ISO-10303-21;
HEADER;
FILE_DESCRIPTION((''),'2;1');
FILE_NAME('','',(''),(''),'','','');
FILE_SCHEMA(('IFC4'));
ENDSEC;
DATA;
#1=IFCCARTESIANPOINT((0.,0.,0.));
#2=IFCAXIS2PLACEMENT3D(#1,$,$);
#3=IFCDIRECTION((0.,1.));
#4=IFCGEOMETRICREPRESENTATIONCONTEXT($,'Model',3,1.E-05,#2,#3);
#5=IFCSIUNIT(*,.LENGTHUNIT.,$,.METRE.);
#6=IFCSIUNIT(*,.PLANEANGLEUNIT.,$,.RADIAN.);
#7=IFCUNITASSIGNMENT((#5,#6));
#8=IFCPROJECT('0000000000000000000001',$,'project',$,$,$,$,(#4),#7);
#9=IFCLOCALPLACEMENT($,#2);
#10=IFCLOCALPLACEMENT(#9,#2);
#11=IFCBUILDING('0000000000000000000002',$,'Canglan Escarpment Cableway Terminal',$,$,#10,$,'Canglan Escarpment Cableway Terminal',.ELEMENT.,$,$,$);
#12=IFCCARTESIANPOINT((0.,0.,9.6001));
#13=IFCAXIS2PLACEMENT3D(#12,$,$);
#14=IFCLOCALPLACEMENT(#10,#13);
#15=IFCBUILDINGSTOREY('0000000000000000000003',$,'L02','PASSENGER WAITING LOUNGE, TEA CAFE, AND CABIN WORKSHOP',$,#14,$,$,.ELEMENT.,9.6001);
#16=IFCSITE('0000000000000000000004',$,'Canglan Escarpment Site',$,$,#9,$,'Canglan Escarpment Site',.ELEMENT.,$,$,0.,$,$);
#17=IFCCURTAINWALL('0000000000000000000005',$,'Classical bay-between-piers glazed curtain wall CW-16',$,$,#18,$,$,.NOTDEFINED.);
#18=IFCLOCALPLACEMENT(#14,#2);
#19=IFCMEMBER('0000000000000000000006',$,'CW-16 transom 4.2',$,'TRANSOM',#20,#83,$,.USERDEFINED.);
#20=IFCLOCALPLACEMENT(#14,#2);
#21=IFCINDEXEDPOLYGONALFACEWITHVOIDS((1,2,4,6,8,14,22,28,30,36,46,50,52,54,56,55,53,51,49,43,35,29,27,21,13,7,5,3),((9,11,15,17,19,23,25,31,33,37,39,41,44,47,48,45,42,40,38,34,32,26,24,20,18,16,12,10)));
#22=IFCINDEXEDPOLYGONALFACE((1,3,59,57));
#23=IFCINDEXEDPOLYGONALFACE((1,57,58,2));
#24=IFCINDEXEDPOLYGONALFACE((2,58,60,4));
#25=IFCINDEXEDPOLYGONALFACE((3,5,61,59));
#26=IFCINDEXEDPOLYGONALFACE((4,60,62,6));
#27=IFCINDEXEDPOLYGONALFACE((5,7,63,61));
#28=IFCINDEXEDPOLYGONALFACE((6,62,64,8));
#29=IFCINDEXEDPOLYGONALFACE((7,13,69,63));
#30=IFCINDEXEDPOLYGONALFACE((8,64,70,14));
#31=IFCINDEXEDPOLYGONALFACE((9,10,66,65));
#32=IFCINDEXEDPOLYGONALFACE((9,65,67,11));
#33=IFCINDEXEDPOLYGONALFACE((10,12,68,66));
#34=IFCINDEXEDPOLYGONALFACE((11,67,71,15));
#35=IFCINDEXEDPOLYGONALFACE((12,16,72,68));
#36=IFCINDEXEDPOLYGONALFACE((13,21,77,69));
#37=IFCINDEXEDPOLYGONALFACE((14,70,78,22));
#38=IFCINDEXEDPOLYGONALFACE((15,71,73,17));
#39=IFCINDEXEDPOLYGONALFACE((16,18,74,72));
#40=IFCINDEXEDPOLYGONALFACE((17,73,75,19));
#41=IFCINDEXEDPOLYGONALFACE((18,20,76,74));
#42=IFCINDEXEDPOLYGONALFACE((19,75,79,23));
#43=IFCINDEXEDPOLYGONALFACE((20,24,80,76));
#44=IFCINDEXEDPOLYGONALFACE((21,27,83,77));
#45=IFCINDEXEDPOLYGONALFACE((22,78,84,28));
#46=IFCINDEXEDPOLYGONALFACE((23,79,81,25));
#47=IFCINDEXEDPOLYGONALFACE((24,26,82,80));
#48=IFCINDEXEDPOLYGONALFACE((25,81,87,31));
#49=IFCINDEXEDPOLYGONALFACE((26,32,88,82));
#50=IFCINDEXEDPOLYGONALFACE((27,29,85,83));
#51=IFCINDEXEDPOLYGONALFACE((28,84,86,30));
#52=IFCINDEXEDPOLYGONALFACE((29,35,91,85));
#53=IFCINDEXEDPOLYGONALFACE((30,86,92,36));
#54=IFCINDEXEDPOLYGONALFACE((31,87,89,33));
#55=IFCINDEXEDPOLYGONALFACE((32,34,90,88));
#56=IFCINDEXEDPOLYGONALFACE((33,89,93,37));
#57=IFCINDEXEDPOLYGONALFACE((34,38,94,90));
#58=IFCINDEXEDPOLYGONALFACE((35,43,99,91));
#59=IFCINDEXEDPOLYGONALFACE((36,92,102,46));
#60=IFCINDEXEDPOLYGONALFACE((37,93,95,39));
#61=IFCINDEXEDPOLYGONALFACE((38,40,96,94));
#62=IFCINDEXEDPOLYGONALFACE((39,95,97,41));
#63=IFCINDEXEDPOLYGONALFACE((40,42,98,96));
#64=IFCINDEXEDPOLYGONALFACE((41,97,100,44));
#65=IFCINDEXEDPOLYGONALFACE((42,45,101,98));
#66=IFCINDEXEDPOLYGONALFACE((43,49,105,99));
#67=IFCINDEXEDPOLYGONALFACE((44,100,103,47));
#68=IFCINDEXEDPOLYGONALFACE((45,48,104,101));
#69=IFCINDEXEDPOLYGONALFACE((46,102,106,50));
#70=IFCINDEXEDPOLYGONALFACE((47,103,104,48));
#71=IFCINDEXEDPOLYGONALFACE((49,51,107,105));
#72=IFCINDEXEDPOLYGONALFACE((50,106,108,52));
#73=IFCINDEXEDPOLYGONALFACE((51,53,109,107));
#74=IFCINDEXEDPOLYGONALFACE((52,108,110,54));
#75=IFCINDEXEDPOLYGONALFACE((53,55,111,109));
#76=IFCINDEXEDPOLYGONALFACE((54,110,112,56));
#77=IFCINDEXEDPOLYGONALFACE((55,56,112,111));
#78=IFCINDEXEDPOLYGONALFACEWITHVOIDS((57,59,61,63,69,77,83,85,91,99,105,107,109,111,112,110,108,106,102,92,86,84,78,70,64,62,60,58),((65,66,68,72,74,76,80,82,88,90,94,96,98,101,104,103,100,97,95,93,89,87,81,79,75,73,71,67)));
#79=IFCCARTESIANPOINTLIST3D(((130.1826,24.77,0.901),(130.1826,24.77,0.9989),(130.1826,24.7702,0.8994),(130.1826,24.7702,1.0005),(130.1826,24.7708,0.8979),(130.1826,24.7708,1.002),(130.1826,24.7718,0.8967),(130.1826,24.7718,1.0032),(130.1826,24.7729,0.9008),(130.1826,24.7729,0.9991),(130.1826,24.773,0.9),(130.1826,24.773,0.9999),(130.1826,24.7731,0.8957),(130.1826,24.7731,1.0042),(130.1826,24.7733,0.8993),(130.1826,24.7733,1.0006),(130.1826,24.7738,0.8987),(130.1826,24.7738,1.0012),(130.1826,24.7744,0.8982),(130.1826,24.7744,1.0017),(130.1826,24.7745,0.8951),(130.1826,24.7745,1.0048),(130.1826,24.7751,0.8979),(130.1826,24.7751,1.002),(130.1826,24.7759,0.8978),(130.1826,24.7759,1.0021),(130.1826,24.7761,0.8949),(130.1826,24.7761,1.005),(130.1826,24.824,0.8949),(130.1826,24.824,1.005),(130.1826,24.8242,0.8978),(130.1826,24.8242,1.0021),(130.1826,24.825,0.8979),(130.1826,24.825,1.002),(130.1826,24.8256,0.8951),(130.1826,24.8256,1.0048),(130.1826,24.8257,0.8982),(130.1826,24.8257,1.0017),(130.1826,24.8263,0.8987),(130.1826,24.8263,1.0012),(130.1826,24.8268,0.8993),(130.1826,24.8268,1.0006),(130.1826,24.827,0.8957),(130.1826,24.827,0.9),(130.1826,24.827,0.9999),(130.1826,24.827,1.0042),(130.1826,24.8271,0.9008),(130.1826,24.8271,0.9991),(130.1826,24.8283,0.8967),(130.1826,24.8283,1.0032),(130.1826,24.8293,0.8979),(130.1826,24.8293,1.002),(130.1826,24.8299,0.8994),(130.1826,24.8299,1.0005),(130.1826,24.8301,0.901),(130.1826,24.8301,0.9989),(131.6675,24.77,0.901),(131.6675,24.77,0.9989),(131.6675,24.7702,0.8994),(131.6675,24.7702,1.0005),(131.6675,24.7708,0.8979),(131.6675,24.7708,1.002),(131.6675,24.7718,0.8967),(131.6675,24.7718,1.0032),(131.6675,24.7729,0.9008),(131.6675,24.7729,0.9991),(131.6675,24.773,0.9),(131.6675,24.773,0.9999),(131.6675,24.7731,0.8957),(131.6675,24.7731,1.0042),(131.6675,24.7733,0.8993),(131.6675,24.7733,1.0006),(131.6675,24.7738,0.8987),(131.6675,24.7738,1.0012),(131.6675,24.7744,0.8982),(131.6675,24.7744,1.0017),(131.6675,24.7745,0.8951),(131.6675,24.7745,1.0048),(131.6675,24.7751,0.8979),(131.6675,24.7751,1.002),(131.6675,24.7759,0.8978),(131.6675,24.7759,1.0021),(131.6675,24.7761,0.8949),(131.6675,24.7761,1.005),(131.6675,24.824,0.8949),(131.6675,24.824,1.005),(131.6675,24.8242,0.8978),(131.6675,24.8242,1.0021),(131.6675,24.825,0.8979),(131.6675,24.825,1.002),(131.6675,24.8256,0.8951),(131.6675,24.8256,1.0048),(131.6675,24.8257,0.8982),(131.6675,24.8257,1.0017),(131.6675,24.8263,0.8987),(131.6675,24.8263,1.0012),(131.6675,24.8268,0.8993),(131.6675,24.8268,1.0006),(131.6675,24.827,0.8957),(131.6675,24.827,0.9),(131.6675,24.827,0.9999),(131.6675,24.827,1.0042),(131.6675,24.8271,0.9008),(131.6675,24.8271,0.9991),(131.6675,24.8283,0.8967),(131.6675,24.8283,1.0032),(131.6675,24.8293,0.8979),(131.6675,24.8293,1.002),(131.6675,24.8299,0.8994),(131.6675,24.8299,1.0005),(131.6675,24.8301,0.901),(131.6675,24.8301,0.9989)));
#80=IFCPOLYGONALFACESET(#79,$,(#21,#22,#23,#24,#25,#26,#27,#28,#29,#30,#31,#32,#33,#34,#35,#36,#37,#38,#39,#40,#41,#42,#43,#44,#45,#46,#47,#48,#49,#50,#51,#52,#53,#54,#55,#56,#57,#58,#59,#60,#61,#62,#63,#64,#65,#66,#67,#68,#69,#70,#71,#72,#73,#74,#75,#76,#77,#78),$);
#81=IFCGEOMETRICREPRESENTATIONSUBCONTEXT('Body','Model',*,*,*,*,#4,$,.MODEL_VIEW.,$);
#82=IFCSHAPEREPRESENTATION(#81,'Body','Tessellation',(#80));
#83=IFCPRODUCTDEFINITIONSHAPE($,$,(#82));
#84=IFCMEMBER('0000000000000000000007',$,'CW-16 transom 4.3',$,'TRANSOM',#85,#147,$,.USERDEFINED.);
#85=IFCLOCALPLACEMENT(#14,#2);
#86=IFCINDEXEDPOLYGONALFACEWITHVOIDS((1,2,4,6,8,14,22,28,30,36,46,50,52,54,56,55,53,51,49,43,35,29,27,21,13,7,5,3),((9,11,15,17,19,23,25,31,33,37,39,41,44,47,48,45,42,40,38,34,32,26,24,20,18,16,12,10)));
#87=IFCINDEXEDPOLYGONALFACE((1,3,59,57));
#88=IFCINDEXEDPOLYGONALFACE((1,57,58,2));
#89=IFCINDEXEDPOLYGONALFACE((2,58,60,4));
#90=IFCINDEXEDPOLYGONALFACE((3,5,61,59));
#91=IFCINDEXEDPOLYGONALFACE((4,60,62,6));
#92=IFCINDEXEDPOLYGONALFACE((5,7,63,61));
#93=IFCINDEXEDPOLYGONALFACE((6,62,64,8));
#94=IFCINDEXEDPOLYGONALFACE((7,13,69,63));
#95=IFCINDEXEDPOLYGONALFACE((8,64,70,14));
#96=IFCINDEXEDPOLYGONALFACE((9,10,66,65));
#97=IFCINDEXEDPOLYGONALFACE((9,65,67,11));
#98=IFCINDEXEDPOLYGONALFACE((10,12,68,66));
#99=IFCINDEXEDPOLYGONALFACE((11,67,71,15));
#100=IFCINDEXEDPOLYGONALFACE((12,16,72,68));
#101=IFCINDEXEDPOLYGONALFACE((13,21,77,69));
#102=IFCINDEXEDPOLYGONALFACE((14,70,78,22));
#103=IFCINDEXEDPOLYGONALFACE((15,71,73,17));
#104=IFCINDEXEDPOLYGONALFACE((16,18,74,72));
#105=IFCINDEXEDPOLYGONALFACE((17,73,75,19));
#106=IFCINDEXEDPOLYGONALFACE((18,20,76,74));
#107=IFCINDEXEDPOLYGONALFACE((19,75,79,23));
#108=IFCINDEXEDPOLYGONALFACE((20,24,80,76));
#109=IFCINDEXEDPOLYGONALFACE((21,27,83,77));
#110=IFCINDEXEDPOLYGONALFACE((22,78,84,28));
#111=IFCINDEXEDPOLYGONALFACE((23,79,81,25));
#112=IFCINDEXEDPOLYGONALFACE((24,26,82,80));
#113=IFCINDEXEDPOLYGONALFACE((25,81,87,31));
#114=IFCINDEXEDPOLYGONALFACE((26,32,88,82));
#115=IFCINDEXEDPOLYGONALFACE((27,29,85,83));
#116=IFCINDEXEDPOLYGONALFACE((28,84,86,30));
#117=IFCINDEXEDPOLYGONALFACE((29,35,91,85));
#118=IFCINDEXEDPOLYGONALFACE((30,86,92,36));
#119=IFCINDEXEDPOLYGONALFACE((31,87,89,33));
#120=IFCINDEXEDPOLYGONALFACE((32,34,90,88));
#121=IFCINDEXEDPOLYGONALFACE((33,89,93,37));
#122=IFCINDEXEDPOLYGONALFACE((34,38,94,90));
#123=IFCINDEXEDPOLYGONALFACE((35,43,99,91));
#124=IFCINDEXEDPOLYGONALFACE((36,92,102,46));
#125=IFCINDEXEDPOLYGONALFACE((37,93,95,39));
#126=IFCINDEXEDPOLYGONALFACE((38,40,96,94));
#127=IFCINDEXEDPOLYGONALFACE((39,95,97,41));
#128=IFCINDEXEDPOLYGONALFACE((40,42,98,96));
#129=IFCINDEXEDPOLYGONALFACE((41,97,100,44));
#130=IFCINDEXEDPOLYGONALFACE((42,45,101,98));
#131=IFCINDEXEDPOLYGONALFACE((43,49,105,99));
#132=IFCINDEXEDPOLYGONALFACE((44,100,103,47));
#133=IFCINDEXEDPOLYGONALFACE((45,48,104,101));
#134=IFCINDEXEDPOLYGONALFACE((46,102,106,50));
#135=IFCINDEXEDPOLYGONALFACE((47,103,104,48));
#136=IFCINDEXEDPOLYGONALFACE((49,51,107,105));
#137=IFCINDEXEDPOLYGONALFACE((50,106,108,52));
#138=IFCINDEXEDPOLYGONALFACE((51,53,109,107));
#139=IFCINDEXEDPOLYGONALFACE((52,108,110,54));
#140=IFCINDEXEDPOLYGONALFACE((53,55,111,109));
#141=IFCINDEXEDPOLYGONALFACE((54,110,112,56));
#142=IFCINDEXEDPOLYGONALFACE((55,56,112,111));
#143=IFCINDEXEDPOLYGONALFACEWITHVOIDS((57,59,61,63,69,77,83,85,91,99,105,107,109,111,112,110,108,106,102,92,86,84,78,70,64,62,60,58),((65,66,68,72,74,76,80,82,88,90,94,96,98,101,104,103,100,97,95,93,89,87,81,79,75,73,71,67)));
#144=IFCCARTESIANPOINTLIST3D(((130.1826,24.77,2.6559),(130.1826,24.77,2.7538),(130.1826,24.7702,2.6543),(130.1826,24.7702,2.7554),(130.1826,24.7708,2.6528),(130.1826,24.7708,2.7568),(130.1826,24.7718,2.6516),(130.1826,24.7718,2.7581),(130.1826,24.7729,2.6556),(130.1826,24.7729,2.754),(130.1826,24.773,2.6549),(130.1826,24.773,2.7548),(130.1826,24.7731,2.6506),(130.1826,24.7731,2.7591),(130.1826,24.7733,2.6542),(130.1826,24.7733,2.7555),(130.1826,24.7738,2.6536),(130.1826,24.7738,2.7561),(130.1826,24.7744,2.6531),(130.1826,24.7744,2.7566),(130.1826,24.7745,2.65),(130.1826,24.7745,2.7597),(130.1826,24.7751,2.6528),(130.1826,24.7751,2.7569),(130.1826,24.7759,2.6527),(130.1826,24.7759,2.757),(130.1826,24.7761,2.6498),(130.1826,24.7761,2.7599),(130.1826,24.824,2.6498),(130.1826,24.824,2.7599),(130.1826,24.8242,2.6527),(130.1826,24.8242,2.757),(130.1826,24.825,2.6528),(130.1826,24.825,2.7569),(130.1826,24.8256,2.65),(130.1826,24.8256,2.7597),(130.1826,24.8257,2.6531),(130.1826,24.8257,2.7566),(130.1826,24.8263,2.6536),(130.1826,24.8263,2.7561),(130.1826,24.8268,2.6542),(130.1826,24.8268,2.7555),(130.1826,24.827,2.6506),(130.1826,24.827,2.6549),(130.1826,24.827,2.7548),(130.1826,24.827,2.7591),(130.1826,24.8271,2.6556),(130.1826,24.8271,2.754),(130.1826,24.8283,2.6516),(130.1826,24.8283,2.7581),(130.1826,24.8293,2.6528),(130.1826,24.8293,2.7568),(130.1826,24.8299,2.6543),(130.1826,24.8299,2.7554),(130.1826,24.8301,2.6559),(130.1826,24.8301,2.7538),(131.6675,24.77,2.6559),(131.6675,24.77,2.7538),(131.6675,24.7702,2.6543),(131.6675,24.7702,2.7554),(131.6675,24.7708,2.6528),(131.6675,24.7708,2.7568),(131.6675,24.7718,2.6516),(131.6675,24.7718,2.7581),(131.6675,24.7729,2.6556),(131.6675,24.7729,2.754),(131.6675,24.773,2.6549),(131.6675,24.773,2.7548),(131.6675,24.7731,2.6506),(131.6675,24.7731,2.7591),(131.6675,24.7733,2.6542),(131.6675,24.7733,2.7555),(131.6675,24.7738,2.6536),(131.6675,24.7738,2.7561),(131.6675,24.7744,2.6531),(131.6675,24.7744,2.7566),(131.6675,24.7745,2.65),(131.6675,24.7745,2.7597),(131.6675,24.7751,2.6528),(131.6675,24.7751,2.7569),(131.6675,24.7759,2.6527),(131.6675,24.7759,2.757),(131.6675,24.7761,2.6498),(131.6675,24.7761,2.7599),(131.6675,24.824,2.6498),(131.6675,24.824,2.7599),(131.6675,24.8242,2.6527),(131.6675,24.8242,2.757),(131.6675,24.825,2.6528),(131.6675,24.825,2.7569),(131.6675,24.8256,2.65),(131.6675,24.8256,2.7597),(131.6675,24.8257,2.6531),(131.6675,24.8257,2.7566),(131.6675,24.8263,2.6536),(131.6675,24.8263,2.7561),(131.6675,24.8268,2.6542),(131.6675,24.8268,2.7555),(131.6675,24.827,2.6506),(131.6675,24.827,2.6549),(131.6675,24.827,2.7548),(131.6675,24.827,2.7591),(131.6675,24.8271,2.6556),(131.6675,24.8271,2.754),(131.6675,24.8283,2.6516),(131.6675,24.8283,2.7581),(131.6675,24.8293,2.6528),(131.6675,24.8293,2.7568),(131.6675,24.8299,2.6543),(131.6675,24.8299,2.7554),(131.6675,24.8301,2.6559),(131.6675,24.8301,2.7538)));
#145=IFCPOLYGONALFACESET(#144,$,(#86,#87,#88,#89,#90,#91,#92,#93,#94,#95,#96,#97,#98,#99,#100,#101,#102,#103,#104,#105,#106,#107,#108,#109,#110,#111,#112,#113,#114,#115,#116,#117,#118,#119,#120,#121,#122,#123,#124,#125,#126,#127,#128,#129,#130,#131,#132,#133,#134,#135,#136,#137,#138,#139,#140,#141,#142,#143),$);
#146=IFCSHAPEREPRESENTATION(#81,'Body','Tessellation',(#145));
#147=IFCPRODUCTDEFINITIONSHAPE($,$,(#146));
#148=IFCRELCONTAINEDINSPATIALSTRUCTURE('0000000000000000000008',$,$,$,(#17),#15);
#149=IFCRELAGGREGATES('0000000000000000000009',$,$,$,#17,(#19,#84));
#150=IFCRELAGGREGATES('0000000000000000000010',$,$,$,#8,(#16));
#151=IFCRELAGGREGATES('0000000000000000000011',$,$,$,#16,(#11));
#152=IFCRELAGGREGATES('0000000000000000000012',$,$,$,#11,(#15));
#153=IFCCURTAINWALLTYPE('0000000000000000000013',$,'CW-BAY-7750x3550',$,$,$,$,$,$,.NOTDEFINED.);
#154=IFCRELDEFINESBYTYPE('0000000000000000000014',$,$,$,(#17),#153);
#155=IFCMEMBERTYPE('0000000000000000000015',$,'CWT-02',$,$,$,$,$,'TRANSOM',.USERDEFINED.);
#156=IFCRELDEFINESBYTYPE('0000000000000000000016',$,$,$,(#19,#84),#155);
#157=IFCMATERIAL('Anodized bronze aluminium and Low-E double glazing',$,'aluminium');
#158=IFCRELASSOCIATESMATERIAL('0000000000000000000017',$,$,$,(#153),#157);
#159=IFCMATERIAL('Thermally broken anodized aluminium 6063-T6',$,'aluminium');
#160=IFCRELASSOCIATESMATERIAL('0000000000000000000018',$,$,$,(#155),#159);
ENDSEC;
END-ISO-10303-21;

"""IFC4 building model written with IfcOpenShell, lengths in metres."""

from ifc_helpers import new_model, si_unit, direction, frame, origin, origin_2d, place, context, subcontext, project, spatial, hollow_rectangle, extrude, material, material_profile, profile_set, type_object, element, aggregate, save


model = new_model("IFC4")

# Units and contexts
model_context = context("Model", 3, precision=1e-05, world=origin(), true_north=direction((0.0, 1.0)))
body_context = subcontext(model_context, "Body", "Model", "MODEL_VIEW")
ifc_project = project(units=[si_unit("LENGTHUNIT", "METRE"), si_unit("PLANEANGLEUNIT", "RADIAN")], contexts=[model_context])

# Site, building, storey
site_placement = place(None, origin())
site = spatial("IfcSite", under=ifc_project, at=site_placement, Name="Canglan Escarpment Site", LongName="Canglan Escarpment Site", CompositionType="ELEMENT", RefElevation=0.0)
building_placement = place(site_placement, origin())
building = spatial("IfcBuilding", under=site, at=building_placement, Name="Canglan Escarpment Cableway Terminal", LongName="Canglan Escarpment Cableway Terminal", CompositionType="ELEMENT")
storey_placement = place(building_placement, frame((0.0, 0.0, 9.6001)))
storey = spatial("IfcBuildingStorey", under=building, at=storey_placement, Name="L02", Description="PASSENGER WAITING LOUNGE, TEA CAFE, AND CABIN WORKSHOP", CompositionType="ELEMENT", Elevation=9.6001)

# Curtain wall, members
ifc_material_1 = material(Name="Anodized bronze aluminium and Low-E double glazing", Category="aluminium")
curtain_wall_type = type_object("IfcCurtainWallType", Name="CW-BAY-7750x3550", PredefinedType="NOTDEFINED", material=ifc_material_1)
curtain_wall_placement = place(storey_placement, origin())
curtain_wall = element("IfcCurtainWall", 1, at=curtain_wall_placement, inside=storey, type_object=curtain_wall_type, Name="Classical bay-between-piers glazed curtain wall CW-16", PredefinedType="NOTDEFINED")
ifc_material_2 = material(Name="Thermally broken anodized aluminium 6063-T6", Category="aluminium")
ifc_material_profile_1 = material_profile(ifc_material_2, hollow_rectangle(XDim=0.0601, YDim=0.1101, WallThickness=0.0029, InnerFilletRadius=0.0029, OuterFilletRadius=0.0061, at=origin_2d()), Name="ALU-TRAN 60x110x3")
ifc_profile_set_1 = profile_set([ifc_material_profile_1], Name="Thermally broken anodized aluminium 6063-T6")
member_type_1 = type_object("IfcMemberType", Name="CWT-02", ElementType="TRANSOM", PredefinedType="USERDEFINED", material=ifc_profile_set_1)
member_1_placement = place(storey_placement, frame((131.6675, 24.8, 0.95), z_axis=(-1.0, 0.0, 0.0), x_axis=(0.0, -1.0, 0.0)))
member_1 = element("IfcMember", 2, at=member_1_placement, type_object=member_type_1, Name="CW-16 transom 4.2", ObjectType="TRANSOM", PredefinedType="USERDEFINED", context=body_context, shape_type="SweptSolid", body=[
    extrude(hollow_rectangle(XDim=0.0601, YDim=0.1101, WallThickness=0.0029, InnerFilletRadius=0.0029, OuterFilletRadius=0.0061, at=origin_2d()), origin(), (0.0, 0.0, 1.0), 1.4849),
])
member_2_placement = place(storey_placement, frame((131.6675, 24.8, 2.7048), z_axis=(-1.0, 0.0, 0.0), x_axis=(0.0, -1.0, 0.0)))
member_2 = element("IfcMember", 3, at=member_2_placement, type_object=member_type_1, Name="CW-16 transom 4.3", ObjectType="TRANSOM", PredefinedType="USERDEFINED", context=body_context, shape_type="SweptSolid", body=[
    extrude(hollow_rectangle(XDim=0.0601, YDim=0.1101, WallThickness=0.0029, InnerFilletRadius=0.0029, OuterFilletRadius=0.0061, at=origin_2d()), origin(), (0.0, 0.0, 1.0), 1.4849),
])
aggregate(curtain_wall, [member_1, member_2])

save(model, "model.ifc")
